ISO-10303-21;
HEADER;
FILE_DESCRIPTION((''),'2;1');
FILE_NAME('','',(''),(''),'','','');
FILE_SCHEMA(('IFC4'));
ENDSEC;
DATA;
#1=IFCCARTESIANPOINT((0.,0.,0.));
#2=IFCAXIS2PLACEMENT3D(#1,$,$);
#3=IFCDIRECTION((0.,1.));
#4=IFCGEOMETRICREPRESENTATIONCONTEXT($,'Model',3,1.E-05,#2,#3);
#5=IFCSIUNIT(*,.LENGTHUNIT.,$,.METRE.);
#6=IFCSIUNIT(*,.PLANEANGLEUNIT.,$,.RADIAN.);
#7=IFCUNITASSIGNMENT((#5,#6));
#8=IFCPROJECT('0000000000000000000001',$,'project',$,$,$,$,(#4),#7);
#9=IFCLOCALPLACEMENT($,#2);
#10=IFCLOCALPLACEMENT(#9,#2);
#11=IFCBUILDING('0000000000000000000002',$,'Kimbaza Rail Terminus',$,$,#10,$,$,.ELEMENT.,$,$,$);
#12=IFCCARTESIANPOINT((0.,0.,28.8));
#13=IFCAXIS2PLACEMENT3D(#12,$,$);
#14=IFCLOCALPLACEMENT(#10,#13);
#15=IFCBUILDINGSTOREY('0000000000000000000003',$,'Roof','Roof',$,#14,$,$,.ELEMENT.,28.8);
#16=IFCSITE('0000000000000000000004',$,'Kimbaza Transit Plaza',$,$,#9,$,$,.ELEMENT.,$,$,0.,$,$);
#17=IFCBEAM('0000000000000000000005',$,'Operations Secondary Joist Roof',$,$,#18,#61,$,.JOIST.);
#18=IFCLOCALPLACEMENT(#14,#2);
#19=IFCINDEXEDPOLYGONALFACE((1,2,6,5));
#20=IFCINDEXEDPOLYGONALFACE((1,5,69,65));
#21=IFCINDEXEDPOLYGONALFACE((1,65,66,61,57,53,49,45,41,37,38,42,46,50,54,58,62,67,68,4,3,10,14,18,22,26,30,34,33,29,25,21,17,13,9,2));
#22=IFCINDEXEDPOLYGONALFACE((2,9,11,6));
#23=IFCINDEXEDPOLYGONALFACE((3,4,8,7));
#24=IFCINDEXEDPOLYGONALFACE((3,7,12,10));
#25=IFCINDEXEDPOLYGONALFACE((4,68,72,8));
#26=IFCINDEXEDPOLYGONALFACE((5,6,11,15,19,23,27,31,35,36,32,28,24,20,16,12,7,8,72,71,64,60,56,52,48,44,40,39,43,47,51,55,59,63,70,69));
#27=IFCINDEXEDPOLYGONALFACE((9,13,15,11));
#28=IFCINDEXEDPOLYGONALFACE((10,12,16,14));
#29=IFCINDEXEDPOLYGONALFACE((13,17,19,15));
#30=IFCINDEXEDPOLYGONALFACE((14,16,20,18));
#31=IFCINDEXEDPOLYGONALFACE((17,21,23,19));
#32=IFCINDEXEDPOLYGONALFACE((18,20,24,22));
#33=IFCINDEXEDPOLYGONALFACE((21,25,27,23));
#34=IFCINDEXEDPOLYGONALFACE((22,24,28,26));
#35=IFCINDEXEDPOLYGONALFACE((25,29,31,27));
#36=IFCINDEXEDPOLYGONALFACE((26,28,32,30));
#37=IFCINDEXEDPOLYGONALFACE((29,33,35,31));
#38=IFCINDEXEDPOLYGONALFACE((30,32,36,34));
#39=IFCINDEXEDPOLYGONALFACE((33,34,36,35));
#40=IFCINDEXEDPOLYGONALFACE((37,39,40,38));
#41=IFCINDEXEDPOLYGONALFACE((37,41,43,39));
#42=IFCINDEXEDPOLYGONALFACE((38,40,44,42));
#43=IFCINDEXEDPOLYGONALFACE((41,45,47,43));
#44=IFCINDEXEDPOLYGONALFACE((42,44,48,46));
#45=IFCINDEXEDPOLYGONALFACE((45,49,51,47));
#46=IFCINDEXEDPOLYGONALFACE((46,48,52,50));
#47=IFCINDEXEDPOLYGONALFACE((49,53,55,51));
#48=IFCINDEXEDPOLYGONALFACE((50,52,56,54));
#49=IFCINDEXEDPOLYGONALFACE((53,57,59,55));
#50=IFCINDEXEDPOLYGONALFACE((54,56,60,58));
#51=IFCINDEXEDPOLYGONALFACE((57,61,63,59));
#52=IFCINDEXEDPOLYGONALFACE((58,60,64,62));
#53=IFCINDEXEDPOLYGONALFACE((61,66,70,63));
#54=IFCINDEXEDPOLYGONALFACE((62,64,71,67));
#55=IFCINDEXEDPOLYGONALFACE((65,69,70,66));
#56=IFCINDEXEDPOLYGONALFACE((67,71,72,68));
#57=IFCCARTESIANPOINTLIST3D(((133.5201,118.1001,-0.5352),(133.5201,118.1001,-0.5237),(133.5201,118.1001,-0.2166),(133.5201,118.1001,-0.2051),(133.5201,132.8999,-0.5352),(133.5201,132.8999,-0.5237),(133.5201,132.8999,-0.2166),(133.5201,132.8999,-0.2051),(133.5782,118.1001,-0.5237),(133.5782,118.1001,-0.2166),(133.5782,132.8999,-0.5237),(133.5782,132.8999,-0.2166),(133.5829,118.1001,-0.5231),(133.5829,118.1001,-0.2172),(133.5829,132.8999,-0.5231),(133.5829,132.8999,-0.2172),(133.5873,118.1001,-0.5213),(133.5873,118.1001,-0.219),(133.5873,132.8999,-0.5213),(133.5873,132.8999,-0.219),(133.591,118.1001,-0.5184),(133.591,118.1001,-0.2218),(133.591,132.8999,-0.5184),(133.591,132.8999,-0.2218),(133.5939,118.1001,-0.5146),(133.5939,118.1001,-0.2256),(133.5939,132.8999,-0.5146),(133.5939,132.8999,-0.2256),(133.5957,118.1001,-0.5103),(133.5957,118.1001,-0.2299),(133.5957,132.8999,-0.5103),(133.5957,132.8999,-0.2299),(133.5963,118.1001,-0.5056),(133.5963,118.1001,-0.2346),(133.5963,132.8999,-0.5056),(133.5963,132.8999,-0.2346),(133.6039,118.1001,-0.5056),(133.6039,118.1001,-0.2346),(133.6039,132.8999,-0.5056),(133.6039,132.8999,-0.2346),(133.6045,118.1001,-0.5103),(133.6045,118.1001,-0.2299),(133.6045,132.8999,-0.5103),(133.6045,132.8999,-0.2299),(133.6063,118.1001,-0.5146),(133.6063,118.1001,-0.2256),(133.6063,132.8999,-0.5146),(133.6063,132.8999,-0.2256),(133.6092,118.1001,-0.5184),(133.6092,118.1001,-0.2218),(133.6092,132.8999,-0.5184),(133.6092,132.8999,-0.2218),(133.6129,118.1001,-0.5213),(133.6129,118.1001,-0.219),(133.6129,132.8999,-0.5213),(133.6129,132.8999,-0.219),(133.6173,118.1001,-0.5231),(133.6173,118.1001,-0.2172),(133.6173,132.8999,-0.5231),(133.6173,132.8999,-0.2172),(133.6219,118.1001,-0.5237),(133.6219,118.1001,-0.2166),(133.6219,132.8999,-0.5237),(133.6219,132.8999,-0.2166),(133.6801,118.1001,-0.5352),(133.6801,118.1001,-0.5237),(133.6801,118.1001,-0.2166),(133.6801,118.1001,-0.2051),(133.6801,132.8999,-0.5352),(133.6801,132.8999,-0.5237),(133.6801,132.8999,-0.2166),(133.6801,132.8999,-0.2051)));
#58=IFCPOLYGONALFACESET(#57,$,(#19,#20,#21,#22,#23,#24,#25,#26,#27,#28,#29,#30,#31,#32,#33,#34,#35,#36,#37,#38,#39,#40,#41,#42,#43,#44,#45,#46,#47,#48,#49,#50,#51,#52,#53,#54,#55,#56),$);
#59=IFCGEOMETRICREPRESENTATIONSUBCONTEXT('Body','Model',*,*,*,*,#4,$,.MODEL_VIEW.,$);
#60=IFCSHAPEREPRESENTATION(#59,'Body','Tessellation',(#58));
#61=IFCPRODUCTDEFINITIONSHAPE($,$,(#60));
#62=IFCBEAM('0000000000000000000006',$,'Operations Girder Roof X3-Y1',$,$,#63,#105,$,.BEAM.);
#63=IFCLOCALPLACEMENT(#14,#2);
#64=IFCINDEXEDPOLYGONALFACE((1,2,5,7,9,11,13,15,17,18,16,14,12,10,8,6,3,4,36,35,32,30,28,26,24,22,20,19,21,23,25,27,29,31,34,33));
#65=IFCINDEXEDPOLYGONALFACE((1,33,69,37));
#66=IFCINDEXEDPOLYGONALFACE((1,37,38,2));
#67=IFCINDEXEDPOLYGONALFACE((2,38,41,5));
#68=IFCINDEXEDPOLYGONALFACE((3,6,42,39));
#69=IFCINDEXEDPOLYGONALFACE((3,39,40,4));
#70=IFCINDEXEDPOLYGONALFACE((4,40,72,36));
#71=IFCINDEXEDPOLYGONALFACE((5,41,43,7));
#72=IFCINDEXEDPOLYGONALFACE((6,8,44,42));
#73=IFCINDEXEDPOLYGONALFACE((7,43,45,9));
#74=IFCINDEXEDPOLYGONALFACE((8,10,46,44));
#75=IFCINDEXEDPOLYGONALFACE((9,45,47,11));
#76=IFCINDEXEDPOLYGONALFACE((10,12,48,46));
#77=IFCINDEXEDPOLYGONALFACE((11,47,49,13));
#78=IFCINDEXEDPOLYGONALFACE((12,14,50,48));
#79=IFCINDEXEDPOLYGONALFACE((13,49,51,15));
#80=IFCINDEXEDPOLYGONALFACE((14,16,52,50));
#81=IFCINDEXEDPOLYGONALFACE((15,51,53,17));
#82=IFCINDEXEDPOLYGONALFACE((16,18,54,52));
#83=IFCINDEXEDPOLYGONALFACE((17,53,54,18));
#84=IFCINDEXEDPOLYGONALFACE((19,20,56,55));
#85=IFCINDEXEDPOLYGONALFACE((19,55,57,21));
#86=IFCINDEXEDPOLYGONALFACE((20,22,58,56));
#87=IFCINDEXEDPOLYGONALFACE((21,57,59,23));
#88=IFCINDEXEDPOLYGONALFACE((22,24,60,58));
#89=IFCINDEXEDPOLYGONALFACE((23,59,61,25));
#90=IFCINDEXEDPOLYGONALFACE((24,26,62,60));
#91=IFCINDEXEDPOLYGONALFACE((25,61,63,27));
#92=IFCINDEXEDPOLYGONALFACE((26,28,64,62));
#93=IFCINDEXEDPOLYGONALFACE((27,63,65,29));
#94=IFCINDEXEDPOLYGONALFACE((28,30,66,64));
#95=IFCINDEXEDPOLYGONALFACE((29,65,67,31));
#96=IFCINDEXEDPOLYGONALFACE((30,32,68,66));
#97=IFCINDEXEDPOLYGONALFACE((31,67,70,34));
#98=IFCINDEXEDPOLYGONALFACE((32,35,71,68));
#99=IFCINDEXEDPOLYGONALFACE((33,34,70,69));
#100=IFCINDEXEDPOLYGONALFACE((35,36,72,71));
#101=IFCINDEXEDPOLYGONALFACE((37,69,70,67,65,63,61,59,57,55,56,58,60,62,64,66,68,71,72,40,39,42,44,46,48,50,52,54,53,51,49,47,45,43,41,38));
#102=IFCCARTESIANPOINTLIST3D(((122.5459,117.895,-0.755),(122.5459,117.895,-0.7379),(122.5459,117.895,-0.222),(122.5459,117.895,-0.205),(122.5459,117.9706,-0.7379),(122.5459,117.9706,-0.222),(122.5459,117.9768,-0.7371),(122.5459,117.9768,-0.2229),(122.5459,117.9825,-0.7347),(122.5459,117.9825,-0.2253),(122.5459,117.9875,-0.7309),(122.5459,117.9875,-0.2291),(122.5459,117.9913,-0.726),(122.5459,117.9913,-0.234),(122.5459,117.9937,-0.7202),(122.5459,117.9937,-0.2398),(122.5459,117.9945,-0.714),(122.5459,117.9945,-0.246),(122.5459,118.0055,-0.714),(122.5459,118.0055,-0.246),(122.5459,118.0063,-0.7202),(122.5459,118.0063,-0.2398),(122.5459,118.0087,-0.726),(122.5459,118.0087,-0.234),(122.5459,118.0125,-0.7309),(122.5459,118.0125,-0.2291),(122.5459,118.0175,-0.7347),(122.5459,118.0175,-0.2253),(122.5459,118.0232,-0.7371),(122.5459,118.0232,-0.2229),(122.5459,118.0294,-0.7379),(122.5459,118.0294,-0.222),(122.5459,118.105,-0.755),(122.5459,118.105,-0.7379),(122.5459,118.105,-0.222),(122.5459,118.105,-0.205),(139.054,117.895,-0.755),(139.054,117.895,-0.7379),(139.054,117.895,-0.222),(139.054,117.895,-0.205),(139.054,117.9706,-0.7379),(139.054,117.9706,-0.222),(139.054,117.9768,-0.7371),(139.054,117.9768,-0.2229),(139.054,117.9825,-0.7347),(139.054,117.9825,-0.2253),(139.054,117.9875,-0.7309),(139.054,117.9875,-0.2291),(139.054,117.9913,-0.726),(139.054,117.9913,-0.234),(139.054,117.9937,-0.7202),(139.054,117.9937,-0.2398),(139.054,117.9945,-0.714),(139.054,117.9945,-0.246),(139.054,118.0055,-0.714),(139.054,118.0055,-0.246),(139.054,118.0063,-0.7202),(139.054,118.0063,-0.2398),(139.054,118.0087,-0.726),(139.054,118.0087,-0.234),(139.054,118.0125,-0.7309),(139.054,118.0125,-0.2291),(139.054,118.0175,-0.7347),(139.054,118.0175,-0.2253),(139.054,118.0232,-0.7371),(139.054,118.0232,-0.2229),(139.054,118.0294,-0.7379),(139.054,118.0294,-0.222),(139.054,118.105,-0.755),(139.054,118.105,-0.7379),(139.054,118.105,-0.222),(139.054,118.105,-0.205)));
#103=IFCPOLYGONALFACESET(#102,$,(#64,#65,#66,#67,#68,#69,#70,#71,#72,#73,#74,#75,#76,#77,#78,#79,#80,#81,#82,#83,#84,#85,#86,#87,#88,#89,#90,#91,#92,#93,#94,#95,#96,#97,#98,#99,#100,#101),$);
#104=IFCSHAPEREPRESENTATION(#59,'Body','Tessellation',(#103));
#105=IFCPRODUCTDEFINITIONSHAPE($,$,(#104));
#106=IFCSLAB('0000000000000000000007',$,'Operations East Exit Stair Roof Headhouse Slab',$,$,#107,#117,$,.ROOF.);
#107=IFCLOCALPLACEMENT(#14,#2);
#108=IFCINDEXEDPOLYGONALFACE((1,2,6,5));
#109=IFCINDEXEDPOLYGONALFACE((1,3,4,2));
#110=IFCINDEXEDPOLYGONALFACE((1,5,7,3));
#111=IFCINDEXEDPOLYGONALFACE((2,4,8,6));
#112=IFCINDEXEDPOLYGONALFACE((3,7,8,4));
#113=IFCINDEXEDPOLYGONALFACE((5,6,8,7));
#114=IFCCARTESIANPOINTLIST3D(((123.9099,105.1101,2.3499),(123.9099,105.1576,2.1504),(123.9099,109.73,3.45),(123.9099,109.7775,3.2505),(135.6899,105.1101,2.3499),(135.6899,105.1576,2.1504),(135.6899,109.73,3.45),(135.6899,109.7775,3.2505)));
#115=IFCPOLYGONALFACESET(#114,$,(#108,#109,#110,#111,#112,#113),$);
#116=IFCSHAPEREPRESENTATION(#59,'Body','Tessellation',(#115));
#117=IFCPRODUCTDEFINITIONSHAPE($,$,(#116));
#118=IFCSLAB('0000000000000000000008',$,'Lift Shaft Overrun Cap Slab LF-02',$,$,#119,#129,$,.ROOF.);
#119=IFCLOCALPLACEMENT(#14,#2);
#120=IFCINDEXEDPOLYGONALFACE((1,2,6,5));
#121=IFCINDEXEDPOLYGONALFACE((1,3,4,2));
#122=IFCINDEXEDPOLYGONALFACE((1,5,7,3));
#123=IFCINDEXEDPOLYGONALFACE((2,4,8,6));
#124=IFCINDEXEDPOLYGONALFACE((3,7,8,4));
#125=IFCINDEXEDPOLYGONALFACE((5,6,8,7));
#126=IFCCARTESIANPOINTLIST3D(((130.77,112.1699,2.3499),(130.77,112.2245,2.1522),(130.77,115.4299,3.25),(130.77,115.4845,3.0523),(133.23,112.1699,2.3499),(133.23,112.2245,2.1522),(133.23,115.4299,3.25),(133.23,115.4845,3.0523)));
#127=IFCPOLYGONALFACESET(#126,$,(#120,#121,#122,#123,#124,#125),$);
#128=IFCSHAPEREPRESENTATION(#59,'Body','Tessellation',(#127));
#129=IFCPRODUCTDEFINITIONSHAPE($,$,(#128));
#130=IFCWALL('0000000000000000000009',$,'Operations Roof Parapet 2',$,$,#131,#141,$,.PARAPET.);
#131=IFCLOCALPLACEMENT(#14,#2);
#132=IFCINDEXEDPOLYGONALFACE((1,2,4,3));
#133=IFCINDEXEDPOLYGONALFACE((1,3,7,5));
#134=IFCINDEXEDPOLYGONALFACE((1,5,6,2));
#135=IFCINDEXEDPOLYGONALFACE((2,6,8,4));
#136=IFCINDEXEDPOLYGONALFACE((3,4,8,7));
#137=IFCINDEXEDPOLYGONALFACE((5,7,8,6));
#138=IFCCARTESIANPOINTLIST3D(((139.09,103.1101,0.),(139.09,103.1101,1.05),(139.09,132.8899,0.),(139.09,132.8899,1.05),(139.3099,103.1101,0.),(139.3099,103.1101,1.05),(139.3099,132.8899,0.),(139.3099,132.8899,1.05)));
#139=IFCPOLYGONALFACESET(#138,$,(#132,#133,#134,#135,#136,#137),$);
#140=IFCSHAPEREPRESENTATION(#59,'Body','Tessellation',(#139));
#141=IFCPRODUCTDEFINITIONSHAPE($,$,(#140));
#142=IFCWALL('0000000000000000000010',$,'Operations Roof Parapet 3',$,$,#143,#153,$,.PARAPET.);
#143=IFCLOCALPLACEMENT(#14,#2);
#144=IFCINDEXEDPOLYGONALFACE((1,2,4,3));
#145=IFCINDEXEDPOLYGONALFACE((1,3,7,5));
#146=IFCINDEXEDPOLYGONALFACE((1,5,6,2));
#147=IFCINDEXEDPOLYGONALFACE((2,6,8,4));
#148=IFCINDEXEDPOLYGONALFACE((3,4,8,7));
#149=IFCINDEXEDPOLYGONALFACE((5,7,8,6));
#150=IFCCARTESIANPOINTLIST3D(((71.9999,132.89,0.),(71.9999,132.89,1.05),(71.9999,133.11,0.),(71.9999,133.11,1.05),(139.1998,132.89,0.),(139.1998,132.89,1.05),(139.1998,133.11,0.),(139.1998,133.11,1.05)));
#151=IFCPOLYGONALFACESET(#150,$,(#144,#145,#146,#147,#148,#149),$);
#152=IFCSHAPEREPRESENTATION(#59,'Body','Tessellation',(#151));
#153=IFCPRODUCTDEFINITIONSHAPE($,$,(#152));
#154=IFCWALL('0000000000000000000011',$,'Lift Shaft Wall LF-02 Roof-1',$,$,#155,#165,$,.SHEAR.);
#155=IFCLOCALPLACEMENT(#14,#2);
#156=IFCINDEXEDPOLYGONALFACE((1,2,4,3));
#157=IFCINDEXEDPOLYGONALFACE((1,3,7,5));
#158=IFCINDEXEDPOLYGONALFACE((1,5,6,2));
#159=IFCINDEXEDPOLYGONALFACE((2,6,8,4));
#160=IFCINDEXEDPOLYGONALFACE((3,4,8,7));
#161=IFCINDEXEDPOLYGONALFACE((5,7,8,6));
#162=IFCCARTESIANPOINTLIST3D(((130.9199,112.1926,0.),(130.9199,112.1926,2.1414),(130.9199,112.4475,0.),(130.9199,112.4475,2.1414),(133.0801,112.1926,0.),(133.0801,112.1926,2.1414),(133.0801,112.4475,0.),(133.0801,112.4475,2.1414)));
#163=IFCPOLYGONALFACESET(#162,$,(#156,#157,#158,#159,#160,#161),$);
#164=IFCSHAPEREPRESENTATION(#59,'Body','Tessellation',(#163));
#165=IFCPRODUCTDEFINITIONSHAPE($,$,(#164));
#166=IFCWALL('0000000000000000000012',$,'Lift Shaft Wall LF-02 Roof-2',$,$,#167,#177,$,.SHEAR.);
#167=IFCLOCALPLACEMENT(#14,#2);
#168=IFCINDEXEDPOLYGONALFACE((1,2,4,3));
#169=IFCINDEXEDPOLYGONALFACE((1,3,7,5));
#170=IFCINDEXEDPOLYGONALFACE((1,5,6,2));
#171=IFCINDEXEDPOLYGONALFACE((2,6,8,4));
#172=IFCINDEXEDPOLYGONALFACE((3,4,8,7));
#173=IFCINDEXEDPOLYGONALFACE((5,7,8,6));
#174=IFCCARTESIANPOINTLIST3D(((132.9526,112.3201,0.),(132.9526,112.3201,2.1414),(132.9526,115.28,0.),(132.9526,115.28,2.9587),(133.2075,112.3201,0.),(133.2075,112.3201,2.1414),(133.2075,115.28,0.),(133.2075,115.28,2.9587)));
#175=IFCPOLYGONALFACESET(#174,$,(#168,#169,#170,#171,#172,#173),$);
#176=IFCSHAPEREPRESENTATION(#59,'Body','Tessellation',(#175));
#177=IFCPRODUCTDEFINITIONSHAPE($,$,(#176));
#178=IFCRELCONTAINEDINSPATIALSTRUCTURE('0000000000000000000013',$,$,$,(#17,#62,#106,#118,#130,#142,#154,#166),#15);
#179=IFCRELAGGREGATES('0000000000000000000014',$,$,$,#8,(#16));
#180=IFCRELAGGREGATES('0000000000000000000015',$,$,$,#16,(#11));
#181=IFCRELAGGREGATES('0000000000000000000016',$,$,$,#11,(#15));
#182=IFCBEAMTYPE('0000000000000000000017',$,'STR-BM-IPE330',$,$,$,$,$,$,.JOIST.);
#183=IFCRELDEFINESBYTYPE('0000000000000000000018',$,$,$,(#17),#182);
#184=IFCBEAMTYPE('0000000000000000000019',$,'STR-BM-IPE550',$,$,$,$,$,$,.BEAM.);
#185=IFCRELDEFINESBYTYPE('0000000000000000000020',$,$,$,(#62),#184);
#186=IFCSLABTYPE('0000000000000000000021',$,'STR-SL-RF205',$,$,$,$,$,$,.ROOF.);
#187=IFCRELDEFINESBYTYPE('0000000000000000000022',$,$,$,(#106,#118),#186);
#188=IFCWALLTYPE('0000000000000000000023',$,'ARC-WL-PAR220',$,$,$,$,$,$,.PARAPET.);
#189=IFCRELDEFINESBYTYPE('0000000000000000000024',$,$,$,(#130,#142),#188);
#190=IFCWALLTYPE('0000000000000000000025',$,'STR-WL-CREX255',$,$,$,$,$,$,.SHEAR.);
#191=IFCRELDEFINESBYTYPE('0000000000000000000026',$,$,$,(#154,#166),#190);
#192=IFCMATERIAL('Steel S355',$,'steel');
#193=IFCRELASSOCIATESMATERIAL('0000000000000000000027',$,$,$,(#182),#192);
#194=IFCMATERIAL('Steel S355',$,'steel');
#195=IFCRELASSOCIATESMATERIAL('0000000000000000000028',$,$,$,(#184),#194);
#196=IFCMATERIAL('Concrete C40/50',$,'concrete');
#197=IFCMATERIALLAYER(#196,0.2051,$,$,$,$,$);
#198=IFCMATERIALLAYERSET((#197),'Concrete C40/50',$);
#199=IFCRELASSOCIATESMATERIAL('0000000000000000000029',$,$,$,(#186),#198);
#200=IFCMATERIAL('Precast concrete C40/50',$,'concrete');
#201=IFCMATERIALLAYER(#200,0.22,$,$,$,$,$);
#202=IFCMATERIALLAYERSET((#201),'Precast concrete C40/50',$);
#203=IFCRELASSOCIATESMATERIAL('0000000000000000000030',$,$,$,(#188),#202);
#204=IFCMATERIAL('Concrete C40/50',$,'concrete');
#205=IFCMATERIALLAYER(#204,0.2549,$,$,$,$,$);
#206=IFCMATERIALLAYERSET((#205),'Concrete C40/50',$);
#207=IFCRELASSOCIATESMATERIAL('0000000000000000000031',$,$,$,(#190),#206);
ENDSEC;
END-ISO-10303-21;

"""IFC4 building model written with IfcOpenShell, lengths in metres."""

from ifc_helpers import new_model, si_unit, direction, frame, frame_2d, origin, origin_2d, place, context, subcontext, project, spatial, polyline, rectangle, i_section, outline, extrude, material, layer, layer_set, material_profile, profile_set, type_object, element, save


model = new_model("IFC4")

# Units and contexts
model_context = context("Model", 3, precision=1e-05, world=origin(), true_north=direction((0.0, 1.0)))
body_context = subcontext(model_context, "Body", "Model", "MODEL_VIEW")
ifc_project = project(units=[si_unit("LENGTHUNIT", "METRE"), si_unit("PLANEANGLEUNIT", "RADIAN")], contexts=[model_context])

# Site, building, storey
site_placement = place(None, origin())
site = spatial("IfcSite", under=ifc_project, at=site_placement, Name="Kimbaza Transit Plaza", CompositionType="ELEMENT", RefElevation=0.0)
building_placement = place(site_placement, origin())
building = spatial("IfcBuilding", under=site, at=building_placement, Name="Kimbaza Rail Terminus", CompositionType="ELEMENT")
storey_placement = place(building_placement, frame((0.0, 0.0, 28.8)))
storey = spatial("IfcBuildingStorey", under=building, at=storey_placement, Name="Roof", Description="Roof", CompositionType="ELEMENT", Elevation=28.8)

# Beams
ifc_material_1 = material(Name="Steel S355", Category="steel")
ifc_material_profile_1 = material_profile(ifc_material_1, i_section(OverallWidth=0.1599, OverallDepth=0.3301, WebThickness=0.0076, FlangeThickness=0.0115, FilletRadius=0.0181, at=origin_2d()), Name="IPE 330")
ifc_profile_set_1 = profile_set([ifc_material_profile_1], Name="Steel S355")
beam_type_1 = type_object("IfcBeamType", Name="STR-BM-IPE330", PredefinedType="JOIST", material=ifc_profile_set_1)
for number, where, z_axis, x_axis, name in (
    (1, (133.6001, 118.1001, -0.3701), (0.0, 1.0, 0.0), (-1.0, 0.0, 0.0), "Operations Secondary Joist Roof"),
):
    element("IfcBeam", number, at=place(storey_placement, frame(where, z_axis=z_axis, x_axis=x_axis)), inside=storey, type_object=beam_type_1, Name=name, PredefinedType="JOIST", context=body_context, shape_type="SweptSolid", body=[
        extrude(i_section(OverallWidth=0.1599, OverallDepth=0.3301, WebThickness=0.0076, FlangeThickness=0.0115, FilletRadius=0.0181, at=origin_2d()), origin(), (0.0, 0.0, 1.0), 14.7998),
    ])
ifc_material_2 = material(Name="Steel S355", Category="steel")
ifc_material_profile_2 = material_profile(ifc_material_2, i_section(OverallWidth=0.21, OverallDepth=0.55, WebThickness=0.011, FlangeThickness=0.0171, FilletRadius=0.0239, at=origin_2d()), Name="IPE 550")
ifc_profile_set_2 = profile_set([ifc_material_profile_2], Name="Steel S355")
beam_type_2 = type_object("IfcBeamType", Name="STR-BM-IPE550", PredefinedType="BEAM", material=ifc_profile_set_2)
beam_1_placement = place(storey_placement, frame((122.5459, 118.0, -0.48), z_axis=(1.0, 0.0, 0.0), x_axis=(0.0, 1.0, 0.0)))
element("IfcBeam", 2, at=beam_1_placement, inside=storey, type_object=beam_type_2, Name="Operations Girder Roof X3-Y1", PredefinedType="BEAM", context=body_context, shape_type="SweptSolid", body=[
    extrude(i_section(OverallWidth=0.21, OverallDepth=0.55, WebThickness=0.011, FlangeThickness=0.0171, FilletRadius=0.0239, at=origin_2d()), origin(), (0.0, 0.0, 1.0), 16.5081),
])

# Slabs
ifc_material_3 = material(Name="Concrete C40/50", Category="concrete")
ifc_layer_1 = layer(ifc_material_3, 0.2051)
ifc_layer_set_1 = layer_set([ifc_layer_1], Name="Concrete C40/50")
slab_type = type_object("IfcSlabType", Name="STR-SL-RF205", PredefinedType="ROOF", material=ifc_layer_set_1)
slab_1_placement = place(storey_placement, frame((123.9099, 105.1101, 2.3499), z_axis=(0.0, -0.231646, 0.9728), x_axis=(1.0, 0.0, 0.0)))
element("IfcSlab", 3, at=slab_1_placement, inside=storey, type_object=slab_type, Name="Operations East Exit Stair Roof Headhouse Slab", PredefinedType="ROOF", context=body_context, shape_type="SweptSolid", body=[
    extrude(outline(polyline([(0.0, 0.0), (11.78, 0.0), (11.78, 4.749), (0.0, 4.749), (0.0, 0.0)])), origin(), (0.0, 0.0, -1.0), 0.2051),
])
slab_2_placement = place(storey_placement, frame((130.77, 112.1699, 2.3499), z_axis=(0.0, -0.266158, 0.963929), x_axis=(1.0, 0.0, 0.0)))
element("IfcSlab", 4, at=slab_2_placement, inside=storey, type_object=slab_type, Name="Lift Shaft Overrun Cap Slab LF-02", PredefinedType="ROOF", context=body_context, shape_type="SweptSolid", body=[
    extrude(outline(polyline([(0.0, 0.0), (2.46, 0.0), (2.46, 3.382), (0.0, 3.382), (0.0, 0.0)])), origin(), (0.0, 0.0, -1.0), 0.2051),
])

# Walls
ifc_material_4 = material(Name="Precast concrete C40/50", Category="concrete")
ifc_layer_2 = layer(ifc_material_4, 0.22)
ifc_layer_set_2 = layer_set([ifc_layer_2], Name="Precast concrete C40/50")
wall_type_1 = type_object("IfcWallType", Name="ARC-WL-PAR220", PredefinedType="PARAPET", material=ifc_layer_set_2)
wall_1_placement = place(storey_placement, frame((139.2, 103.1101, 0.0), z_axis=(0.0, 0.0, 1.0), x_axis=(0.0, 1.0, 0.0)))
element("IfcWall", 5, at=wall_1_placement, inside=storey, type_object=wall_type_1, Name="Operations Roof Parapet 2", PredefinedType="PARAPET", context=body_context, shape_type="SweptSolid", body=[
    extrude(rectangle(XDim=29.7798, YDim=0.22, at=frame_2d((14.8899, 0.0))), origin(), (0.0, 0.0, 1.0), 1.05),
])
wall_2_placement = place(storey_placement, frame((139.2, 133.0, 0.0), z_axis=(0.0, 0.0, 1.0), x_axis=(-1.0, 0.0, 0.0)))
element("IfcWall", 6, at=wall_2_placement, inside=storey, type_object=wall_type_1, Name="Operations Roof Parapet 3", PredefinedType="PARAPET", context=body_context, shape_type="SweptSolid", body=[
    extrude(rectangle(XDim=67.2, YDim=0.22, at=frame_2d((33.6001, 0.0))), origin(), (0.0, 0.0, 1.0), 1.05),
])
ifc_material_5 = material(Name="Concrete C40/50", Category="concrete")
ifc_layer_3 = layer(ifc_material_5, 0.2549)
ifc_layer_set_3 = layer_set([ifc_layer_3], Name="Concrete C40/50")
wall_type_2 = type_object("IfcWallType", Name="STR-WL-CREX255", PredefinedType="SHEAR", material=ifc_layer_set_3)
wall_3_placement = place(storey_placement, frame((130.9199, 112.3201, 0.0), z_axis=(0.0, 0.0, 1.0), x_axis=(1.0, 0.0, 0.0)))
element("IfcWall", 7, at=wall_3_placement, inside=storey, type_object=wall_type_2, Name="Lift Shaft Wall LF-02 Roof-1", PredefinedType="SHEAR", context=body_context, shape_type="SweptSolid", body=[
    extrude(rectangle(XDim=2.1602, YDim=0.2549, at=frame_2d((1.0801, 0.0))), origin(), (0.0, 0.0, 1.0), 2.1414),
])
wall_4_placement = place(storey_placement, frame((133.0801, 112.3201, 0.0), z_axis=(0.0, 0.0, 1.0), x_axis=(0.0, 1.0, 0.0)))
element("IfcWall", 8, at=wall_4_placement, inside=storey, type_object=wall_type_2, Name="Lift Shaft Wall LF-02 Roof-2", PredefinedType="SHEAR", context=body_context, shape_type="SweptSolid", body=[
    extrude(outline(polyline([(0.0, 0.0), (2.96, 0.0), (2.96, 2.9587), (0.0, 2.1414), (0.0, 0.0)])), frame((0.0, 0.1274, 0.0), z_axis=(0.0, -1.0, 0.0), x_axis=(1.0, 0.0, 0.0)), (0.0, 0.0, 1.0), 0.2549),
])

save(model, "model.ifc")
